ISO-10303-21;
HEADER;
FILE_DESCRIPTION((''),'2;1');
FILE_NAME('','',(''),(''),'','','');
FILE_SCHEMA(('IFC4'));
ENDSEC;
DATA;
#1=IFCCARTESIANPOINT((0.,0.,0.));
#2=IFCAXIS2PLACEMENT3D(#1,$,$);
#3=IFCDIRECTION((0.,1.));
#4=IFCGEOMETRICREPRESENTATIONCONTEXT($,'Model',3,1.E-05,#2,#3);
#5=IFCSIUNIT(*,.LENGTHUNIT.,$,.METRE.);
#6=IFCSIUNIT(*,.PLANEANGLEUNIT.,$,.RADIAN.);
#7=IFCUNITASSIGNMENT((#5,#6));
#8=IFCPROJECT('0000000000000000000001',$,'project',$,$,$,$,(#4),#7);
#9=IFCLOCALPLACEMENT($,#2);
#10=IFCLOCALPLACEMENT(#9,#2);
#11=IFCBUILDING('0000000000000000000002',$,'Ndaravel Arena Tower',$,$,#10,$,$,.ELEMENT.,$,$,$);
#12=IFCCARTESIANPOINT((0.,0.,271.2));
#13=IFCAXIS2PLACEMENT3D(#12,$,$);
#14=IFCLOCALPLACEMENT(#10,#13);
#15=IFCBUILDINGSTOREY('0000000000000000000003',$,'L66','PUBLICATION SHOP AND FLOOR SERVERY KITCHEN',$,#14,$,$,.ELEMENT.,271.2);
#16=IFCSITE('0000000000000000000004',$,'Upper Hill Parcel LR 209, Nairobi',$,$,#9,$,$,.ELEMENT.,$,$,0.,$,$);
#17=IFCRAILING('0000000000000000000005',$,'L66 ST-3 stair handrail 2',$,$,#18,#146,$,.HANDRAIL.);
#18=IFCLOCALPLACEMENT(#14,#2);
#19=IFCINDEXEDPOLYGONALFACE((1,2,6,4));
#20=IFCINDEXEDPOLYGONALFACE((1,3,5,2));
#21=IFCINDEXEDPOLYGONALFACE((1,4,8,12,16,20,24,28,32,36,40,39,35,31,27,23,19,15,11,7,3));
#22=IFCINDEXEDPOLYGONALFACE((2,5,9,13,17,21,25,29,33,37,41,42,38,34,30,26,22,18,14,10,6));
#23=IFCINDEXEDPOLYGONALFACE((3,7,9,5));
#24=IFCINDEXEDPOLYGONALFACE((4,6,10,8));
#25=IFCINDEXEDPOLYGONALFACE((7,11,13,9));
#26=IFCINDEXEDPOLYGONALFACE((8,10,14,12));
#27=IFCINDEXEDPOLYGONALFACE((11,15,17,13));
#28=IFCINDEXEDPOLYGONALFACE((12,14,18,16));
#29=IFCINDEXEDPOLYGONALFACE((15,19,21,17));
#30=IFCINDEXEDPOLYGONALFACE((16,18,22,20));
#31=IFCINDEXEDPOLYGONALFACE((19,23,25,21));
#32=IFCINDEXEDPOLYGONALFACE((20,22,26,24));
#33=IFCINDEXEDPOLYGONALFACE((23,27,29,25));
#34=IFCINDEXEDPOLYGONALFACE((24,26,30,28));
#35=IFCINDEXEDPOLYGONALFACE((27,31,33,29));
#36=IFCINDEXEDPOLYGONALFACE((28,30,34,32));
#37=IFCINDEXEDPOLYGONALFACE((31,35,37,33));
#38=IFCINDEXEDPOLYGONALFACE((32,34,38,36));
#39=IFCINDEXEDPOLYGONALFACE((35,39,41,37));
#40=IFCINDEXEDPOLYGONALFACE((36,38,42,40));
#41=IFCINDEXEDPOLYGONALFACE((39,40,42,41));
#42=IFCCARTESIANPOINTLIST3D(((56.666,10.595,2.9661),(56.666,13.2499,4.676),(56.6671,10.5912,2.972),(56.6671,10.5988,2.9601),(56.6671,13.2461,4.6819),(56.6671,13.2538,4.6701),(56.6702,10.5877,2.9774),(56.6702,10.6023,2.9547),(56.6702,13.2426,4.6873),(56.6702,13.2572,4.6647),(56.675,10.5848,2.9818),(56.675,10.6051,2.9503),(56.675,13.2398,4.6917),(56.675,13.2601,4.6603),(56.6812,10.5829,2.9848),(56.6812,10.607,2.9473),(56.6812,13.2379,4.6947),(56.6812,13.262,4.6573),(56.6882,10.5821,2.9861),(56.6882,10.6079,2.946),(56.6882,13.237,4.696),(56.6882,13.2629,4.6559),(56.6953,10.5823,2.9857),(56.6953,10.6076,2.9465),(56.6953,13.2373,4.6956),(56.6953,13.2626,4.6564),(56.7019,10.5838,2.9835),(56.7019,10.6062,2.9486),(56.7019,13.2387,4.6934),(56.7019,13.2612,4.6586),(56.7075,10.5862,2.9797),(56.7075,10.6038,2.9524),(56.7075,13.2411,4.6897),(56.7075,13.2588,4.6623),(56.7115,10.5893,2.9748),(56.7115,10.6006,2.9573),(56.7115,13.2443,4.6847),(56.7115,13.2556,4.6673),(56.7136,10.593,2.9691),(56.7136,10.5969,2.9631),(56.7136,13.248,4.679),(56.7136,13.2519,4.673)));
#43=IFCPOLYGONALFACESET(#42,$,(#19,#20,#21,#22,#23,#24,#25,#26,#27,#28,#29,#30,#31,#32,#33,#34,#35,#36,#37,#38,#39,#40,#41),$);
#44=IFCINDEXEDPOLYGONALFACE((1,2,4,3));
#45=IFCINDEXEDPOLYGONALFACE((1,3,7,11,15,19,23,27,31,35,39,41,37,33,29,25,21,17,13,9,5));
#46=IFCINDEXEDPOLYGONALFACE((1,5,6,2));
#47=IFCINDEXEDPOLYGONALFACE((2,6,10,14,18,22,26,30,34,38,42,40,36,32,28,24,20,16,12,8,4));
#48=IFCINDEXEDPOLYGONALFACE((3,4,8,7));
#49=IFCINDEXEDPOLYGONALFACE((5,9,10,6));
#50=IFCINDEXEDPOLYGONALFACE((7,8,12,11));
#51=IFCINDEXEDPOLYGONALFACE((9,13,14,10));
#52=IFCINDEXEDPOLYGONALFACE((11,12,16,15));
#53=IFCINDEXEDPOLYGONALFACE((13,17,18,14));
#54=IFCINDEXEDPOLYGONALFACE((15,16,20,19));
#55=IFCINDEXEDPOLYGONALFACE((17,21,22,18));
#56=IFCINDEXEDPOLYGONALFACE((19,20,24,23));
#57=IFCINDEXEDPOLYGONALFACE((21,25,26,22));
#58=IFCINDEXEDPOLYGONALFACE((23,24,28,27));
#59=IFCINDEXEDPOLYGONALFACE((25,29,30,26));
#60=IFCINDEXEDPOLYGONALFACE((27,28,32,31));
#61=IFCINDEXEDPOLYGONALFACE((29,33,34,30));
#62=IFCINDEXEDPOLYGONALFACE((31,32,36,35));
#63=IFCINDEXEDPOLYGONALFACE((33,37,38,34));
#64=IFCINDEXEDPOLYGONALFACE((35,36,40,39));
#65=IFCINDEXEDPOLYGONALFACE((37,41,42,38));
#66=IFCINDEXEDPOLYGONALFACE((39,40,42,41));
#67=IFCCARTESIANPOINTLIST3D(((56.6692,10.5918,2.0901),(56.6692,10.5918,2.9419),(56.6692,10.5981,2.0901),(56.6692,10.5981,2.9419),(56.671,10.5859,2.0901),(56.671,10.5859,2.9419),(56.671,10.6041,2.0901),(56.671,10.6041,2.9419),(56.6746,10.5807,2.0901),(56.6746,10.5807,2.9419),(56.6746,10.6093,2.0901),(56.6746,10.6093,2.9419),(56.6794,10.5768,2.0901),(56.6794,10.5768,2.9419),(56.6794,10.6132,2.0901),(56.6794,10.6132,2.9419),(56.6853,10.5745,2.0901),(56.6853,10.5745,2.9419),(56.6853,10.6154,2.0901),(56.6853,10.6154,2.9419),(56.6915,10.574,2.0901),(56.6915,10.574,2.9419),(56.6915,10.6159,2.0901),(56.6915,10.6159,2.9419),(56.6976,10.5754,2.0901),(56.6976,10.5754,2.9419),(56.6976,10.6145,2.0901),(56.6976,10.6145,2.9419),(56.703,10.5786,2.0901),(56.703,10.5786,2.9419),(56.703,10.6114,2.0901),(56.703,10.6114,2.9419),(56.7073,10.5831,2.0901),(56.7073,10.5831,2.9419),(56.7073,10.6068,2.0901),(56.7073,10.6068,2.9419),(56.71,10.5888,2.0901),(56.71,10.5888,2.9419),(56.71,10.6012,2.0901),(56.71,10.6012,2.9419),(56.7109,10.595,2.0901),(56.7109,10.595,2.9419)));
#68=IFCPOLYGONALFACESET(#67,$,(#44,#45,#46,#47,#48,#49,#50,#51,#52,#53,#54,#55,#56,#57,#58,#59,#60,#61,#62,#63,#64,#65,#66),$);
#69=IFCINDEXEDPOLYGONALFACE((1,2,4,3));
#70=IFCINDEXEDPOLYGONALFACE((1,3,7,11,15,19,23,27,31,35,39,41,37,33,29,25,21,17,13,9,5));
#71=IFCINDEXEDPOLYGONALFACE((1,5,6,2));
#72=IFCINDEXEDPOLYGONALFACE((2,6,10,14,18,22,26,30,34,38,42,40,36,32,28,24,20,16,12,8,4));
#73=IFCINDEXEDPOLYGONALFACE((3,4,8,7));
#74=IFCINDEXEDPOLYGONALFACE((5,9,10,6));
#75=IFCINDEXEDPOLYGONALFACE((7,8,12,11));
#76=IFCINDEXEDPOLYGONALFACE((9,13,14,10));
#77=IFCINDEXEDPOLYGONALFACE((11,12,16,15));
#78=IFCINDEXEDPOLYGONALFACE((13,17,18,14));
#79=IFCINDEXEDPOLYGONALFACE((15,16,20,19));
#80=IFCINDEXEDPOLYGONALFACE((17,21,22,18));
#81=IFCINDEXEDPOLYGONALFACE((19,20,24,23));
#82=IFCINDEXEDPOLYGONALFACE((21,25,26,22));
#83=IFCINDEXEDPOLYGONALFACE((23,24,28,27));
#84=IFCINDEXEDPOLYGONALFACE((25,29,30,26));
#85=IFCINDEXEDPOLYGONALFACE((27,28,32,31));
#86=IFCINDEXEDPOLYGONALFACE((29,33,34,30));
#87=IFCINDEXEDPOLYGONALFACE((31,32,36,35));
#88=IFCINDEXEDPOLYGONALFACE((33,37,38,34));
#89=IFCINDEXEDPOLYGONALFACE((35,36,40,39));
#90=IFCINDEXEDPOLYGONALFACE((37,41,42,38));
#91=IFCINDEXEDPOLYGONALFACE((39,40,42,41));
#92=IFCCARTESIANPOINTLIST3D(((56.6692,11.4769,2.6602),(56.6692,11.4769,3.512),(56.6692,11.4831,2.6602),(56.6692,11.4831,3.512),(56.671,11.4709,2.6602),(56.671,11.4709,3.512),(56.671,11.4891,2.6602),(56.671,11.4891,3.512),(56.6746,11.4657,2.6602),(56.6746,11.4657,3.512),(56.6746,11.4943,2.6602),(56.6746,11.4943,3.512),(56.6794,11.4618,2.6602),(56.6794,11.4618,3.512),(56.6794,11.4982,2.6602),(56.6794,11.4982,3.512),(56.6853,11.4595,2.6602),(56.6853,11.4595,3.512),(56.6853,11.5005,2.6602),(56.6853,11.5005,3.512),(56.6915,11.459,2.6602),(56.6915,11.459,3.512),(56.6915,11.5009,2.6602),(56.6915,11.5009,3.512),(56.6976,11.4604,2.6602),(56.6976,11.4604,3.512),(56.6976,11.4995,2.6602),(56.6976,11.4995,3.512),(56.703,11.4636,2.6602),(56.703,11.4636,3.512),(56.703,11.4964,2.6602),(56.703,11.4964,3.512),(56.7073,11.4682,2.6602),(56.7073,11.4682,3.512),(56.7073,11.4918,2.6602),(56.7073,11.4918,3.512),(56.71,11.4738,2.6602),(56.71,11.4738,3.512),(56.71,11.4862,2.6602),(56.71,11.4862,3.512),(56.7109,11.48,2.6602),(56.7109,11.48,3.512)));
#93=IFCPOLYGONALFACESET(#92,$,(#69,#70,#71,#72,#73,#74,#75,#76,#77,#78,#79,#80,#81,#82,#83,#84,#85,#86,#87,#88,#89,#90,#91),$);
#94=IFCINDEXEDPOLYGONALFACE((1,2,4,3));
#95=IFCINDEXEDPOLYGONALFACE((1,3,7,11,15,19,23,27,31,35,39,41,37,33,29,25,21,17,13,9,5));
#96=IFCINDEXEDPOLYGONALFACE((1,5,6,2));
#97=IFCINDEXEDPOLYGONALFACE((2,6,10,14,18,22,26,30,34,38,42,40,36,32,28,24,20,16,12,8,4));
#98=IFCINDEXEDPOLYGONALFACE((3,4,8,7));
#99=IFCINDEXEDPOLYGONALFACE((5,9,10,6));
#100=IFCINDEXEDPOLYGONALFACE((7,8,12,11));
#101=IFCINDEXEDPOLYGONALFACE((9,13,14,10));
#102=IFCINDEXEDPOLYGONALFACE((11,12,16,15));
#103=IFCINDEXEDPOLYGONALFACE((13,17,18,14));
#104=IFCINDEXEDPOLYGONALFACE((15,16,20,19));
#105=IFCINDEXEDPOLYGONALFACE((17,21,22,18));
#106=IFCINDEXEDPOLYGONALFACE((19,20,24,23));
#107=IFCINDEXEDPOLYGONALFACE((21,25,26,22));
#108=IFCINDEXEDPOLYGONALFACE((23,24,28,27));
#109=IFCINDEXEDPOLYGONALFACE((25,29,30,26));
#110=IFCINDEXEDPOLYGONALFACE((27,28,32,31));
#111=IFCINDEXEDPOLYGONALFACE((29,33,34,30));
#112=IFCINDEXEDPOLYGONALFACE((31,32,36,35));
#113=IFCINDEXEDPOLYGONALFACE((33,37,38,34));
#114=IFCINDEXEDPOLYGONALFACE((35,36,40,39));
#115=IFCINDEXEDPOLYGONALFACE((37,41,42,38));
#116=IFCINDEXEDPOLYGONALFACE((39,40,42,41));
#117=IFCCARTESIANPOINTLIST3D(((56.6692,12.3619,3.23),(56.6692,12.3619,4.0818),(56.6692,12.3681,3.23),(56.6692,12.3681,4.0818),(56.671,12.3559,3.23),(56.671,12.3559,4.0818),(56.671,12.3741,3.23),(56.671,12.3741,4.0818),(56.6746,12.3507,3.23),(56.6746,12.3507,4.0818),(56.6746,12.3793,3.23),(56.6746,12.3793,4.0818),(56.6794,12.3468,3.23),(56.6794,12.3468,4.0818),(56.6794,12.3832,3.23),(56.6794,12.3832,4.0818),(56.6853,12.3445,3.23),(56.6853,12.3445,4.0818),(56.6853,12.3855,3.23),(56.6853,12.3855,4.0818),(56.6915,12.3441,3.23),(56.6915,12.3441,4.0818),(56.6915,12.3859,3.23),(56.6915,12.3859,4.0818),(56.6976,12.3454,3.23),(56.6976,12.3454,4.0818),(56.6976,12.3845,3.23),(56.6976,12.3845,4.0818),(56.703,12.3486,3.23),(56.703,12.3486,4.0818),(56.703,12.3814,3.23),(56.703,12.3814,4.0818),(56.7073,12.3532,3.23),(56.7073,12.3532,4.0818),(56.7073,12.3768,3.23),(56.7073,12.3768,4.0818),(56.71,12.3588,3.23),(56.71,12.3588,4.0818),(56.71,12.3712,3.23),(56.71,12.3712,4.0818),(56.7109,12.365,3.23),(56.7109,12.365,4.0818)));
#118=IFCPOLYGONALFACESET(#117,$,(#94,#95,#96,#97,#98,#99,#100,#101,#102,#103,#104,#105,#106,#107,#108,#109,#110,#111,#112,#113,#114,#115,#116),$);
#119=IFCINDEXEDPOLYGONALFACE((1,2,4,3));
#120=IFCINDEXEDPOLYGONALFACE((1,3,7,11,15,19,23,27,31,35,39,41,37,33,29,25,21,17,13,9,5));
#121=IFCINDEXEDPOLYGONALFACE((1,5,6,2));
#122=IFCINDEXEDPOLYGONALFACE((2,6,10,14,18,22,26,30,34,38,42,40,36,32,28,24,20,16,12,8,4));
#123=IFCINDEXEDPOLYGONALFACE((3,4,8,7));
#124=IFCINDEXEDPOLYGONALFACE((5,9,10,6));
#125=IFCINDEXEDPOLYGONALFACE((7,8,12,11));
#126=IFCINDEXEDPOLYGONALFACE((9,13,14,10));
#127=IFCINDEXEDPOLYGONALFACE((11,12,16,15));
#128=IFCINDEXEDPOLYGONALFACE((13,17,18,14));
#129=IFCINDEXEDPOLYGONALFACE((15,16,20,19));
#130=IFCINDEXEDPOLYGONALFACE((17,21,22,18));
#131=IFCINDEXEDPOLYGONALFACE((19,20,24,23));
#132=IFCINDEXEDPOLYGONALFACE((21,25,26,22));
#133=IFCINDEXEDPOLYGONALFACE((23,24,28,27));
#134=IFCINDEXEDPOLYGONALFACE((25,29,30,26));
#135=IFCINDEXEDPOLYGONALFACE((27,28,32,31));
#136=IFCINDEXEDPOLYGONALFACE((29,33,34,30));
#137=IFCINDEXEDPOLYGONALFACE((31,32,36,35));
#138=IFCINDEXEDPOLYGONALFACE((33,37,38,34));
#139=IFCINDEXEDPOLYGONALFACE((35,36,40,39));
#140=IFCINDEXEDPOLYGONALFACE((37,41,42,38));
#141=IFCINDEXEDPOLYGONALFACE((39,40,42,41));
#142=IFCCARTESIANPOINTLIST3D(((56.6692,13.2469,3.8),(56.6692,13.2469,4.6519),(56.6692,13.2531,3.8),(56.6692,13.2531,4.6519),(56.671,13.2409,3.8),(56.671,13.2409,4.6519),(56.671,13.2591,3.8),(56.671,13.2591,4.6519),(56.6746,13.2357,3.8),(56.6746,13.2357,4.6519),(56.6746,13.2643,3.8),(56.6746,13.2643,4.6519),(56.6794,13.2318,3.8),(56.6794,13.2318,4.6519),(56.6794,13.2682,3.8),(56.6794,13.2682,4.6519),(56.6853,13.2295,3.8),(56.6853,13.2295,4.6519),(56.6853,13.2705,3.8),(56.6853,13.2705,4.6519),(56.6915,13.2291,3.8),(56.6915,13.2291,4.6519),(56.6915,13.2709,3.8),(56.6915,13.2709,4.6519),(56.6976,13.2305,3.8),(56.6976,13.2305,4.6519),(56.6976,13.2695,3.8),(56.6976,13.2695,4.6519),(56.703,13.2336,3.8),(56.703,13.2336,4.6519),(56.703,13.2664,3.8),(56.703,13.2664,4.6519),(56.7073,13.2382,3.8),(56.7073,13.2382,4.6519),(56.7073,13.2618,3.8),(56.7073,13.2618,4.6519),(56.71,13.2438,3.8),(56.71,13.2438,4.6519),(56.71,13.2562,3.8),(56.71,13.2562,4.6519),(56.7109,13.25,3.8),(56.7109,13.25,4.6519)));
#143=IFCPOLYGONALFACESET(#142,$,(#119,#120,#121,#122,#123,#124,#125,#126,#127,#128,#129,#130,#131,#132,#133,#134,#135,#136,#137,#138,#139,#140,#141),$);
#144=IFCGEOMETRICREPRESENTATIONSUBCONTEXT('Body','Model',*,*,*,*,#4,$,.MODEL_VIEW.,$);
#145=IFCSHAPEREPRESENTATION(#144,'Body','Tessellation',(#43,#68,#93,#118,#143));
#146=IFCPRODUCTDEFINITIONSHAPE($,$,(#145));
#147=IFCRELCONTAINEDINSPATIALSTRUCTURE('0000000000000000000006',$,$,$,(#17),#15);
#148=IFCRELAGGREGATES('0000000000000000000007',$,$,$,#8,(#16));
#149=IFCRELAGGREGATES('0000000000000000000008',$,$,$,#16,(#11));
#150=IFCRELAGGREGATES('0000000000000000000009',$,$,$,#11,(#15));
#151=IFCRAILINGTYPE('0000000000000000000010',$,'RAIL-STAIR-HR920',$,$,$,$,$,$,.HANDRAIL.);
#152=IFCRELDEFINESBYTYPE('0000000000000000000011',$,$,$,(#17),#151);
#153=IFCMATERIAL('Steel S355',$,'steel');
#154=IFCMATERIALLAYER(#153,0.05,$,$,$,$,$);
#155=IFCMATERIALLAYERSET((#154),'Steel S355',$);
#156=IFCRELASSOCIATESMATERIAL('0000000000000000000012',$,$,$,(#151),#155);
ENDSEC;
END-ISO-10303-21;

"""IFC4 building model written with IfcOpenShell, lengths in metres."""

from ifc_helpers import new_model, si_unit, direction, frame, origin, origin_2d, place, context, subcontext, project, spatial, circle, extrude, material, layer, layer_set, type_object, element, save


model = new_model("IFC4")

# Units and contexts
model_context = context("Model", 3, precision=1e-05, world=origin(), true_north=direction((0.0, 1.0)))
body_context = subcontext(model_context, "Body", "Model", "MODEL_VIEW")
ifc_project = project(units=[si_unit("LENGTHUNIT", "METRE"), si_unit("PLANEANGLEUNIT", "RADIAN")], contexts=[model_context])

# Site, building, storey
site_placement = place(None, origin())
site = spatial("IfcSite", under=ifc_project, at=site_placement, Name="Upper Hill Parcel LR 209, Nairobi", CompositionType="ELEMENT", RefElevation=0.0)
building_placement = place(site_placement, origin())
building = spatial("IfcBuilding", under=site, at=building_placement, Name="Ndaravel Arena Tower", CompositionType="ELEMENT")
storey_placement = place(building_placement, frame((0.0, 0.0, 271.2)))
storey = spatial("IfcBuildingStorey", under=building, at=storey_placement, Name="L66", Description="PUBLICATION SHOP AND FLOOR SERVERY KITCHEN", CompositionType="ELEMENT", Elevation=271.2)

# Railing
ifc_material_1 = material(Name="Steel S355", Category="steel")
ifc_layer_1 = layer(ifc_material_1, 0.05)
ifc_layer_set_1 = layer_set([ifc_layer_1], Name="Steel S355")
railing_type_1 = type_object("IfcRailingType", Name="RAIL-STAIR-HR920", PredefinedType="HANDRAIL", material=ifc_layer_set_1)
railing_1_placement = place(storey_placement, frame((56.6899, 10.595, 2.0901)))
element("IfcRailing", 1, at=railing_1_placement, inside=storey, type_object=railing_type_1, Name="L66 ST-3 stair handrail 2", PredefinedType="HANDRAIL", context=body_context, shape_type="SweptSolid", body=[
    extrude(circle(Radius=0.0239, at=origin_2d()), frame((0.0, 0.0, 0.876), z_axis=(0.0, 0.840724, 0.541465), x_axis=(-1.0, 0.0, 0.0)), (0.0, 0.0, 1.0), 3.158),
    extrude(circle(Radius=0.021, at=origin_2d()), origin(), (0.0, 0.0, 1.0), 0.8518),
    extrude(circle(Radius=0.021, at=origin_2d()), frame((0.0, 0.885, 0.5701)), (0.0, 0.0, 1.0), 0.8518),
    extrude(circle(Radius=0.021, at=origin_2d()), frame((0.0, 1.77, 1.1399)), (0.0, 0.0, 1.0), 0.8518),
    extrude(circle(Radius=0.021, at=origin_2d()), frame((0.0, 2.655, 1.71)), (0.0, 0.0, 1.0), 0.8518),
])

save(model, "model.ifc")
